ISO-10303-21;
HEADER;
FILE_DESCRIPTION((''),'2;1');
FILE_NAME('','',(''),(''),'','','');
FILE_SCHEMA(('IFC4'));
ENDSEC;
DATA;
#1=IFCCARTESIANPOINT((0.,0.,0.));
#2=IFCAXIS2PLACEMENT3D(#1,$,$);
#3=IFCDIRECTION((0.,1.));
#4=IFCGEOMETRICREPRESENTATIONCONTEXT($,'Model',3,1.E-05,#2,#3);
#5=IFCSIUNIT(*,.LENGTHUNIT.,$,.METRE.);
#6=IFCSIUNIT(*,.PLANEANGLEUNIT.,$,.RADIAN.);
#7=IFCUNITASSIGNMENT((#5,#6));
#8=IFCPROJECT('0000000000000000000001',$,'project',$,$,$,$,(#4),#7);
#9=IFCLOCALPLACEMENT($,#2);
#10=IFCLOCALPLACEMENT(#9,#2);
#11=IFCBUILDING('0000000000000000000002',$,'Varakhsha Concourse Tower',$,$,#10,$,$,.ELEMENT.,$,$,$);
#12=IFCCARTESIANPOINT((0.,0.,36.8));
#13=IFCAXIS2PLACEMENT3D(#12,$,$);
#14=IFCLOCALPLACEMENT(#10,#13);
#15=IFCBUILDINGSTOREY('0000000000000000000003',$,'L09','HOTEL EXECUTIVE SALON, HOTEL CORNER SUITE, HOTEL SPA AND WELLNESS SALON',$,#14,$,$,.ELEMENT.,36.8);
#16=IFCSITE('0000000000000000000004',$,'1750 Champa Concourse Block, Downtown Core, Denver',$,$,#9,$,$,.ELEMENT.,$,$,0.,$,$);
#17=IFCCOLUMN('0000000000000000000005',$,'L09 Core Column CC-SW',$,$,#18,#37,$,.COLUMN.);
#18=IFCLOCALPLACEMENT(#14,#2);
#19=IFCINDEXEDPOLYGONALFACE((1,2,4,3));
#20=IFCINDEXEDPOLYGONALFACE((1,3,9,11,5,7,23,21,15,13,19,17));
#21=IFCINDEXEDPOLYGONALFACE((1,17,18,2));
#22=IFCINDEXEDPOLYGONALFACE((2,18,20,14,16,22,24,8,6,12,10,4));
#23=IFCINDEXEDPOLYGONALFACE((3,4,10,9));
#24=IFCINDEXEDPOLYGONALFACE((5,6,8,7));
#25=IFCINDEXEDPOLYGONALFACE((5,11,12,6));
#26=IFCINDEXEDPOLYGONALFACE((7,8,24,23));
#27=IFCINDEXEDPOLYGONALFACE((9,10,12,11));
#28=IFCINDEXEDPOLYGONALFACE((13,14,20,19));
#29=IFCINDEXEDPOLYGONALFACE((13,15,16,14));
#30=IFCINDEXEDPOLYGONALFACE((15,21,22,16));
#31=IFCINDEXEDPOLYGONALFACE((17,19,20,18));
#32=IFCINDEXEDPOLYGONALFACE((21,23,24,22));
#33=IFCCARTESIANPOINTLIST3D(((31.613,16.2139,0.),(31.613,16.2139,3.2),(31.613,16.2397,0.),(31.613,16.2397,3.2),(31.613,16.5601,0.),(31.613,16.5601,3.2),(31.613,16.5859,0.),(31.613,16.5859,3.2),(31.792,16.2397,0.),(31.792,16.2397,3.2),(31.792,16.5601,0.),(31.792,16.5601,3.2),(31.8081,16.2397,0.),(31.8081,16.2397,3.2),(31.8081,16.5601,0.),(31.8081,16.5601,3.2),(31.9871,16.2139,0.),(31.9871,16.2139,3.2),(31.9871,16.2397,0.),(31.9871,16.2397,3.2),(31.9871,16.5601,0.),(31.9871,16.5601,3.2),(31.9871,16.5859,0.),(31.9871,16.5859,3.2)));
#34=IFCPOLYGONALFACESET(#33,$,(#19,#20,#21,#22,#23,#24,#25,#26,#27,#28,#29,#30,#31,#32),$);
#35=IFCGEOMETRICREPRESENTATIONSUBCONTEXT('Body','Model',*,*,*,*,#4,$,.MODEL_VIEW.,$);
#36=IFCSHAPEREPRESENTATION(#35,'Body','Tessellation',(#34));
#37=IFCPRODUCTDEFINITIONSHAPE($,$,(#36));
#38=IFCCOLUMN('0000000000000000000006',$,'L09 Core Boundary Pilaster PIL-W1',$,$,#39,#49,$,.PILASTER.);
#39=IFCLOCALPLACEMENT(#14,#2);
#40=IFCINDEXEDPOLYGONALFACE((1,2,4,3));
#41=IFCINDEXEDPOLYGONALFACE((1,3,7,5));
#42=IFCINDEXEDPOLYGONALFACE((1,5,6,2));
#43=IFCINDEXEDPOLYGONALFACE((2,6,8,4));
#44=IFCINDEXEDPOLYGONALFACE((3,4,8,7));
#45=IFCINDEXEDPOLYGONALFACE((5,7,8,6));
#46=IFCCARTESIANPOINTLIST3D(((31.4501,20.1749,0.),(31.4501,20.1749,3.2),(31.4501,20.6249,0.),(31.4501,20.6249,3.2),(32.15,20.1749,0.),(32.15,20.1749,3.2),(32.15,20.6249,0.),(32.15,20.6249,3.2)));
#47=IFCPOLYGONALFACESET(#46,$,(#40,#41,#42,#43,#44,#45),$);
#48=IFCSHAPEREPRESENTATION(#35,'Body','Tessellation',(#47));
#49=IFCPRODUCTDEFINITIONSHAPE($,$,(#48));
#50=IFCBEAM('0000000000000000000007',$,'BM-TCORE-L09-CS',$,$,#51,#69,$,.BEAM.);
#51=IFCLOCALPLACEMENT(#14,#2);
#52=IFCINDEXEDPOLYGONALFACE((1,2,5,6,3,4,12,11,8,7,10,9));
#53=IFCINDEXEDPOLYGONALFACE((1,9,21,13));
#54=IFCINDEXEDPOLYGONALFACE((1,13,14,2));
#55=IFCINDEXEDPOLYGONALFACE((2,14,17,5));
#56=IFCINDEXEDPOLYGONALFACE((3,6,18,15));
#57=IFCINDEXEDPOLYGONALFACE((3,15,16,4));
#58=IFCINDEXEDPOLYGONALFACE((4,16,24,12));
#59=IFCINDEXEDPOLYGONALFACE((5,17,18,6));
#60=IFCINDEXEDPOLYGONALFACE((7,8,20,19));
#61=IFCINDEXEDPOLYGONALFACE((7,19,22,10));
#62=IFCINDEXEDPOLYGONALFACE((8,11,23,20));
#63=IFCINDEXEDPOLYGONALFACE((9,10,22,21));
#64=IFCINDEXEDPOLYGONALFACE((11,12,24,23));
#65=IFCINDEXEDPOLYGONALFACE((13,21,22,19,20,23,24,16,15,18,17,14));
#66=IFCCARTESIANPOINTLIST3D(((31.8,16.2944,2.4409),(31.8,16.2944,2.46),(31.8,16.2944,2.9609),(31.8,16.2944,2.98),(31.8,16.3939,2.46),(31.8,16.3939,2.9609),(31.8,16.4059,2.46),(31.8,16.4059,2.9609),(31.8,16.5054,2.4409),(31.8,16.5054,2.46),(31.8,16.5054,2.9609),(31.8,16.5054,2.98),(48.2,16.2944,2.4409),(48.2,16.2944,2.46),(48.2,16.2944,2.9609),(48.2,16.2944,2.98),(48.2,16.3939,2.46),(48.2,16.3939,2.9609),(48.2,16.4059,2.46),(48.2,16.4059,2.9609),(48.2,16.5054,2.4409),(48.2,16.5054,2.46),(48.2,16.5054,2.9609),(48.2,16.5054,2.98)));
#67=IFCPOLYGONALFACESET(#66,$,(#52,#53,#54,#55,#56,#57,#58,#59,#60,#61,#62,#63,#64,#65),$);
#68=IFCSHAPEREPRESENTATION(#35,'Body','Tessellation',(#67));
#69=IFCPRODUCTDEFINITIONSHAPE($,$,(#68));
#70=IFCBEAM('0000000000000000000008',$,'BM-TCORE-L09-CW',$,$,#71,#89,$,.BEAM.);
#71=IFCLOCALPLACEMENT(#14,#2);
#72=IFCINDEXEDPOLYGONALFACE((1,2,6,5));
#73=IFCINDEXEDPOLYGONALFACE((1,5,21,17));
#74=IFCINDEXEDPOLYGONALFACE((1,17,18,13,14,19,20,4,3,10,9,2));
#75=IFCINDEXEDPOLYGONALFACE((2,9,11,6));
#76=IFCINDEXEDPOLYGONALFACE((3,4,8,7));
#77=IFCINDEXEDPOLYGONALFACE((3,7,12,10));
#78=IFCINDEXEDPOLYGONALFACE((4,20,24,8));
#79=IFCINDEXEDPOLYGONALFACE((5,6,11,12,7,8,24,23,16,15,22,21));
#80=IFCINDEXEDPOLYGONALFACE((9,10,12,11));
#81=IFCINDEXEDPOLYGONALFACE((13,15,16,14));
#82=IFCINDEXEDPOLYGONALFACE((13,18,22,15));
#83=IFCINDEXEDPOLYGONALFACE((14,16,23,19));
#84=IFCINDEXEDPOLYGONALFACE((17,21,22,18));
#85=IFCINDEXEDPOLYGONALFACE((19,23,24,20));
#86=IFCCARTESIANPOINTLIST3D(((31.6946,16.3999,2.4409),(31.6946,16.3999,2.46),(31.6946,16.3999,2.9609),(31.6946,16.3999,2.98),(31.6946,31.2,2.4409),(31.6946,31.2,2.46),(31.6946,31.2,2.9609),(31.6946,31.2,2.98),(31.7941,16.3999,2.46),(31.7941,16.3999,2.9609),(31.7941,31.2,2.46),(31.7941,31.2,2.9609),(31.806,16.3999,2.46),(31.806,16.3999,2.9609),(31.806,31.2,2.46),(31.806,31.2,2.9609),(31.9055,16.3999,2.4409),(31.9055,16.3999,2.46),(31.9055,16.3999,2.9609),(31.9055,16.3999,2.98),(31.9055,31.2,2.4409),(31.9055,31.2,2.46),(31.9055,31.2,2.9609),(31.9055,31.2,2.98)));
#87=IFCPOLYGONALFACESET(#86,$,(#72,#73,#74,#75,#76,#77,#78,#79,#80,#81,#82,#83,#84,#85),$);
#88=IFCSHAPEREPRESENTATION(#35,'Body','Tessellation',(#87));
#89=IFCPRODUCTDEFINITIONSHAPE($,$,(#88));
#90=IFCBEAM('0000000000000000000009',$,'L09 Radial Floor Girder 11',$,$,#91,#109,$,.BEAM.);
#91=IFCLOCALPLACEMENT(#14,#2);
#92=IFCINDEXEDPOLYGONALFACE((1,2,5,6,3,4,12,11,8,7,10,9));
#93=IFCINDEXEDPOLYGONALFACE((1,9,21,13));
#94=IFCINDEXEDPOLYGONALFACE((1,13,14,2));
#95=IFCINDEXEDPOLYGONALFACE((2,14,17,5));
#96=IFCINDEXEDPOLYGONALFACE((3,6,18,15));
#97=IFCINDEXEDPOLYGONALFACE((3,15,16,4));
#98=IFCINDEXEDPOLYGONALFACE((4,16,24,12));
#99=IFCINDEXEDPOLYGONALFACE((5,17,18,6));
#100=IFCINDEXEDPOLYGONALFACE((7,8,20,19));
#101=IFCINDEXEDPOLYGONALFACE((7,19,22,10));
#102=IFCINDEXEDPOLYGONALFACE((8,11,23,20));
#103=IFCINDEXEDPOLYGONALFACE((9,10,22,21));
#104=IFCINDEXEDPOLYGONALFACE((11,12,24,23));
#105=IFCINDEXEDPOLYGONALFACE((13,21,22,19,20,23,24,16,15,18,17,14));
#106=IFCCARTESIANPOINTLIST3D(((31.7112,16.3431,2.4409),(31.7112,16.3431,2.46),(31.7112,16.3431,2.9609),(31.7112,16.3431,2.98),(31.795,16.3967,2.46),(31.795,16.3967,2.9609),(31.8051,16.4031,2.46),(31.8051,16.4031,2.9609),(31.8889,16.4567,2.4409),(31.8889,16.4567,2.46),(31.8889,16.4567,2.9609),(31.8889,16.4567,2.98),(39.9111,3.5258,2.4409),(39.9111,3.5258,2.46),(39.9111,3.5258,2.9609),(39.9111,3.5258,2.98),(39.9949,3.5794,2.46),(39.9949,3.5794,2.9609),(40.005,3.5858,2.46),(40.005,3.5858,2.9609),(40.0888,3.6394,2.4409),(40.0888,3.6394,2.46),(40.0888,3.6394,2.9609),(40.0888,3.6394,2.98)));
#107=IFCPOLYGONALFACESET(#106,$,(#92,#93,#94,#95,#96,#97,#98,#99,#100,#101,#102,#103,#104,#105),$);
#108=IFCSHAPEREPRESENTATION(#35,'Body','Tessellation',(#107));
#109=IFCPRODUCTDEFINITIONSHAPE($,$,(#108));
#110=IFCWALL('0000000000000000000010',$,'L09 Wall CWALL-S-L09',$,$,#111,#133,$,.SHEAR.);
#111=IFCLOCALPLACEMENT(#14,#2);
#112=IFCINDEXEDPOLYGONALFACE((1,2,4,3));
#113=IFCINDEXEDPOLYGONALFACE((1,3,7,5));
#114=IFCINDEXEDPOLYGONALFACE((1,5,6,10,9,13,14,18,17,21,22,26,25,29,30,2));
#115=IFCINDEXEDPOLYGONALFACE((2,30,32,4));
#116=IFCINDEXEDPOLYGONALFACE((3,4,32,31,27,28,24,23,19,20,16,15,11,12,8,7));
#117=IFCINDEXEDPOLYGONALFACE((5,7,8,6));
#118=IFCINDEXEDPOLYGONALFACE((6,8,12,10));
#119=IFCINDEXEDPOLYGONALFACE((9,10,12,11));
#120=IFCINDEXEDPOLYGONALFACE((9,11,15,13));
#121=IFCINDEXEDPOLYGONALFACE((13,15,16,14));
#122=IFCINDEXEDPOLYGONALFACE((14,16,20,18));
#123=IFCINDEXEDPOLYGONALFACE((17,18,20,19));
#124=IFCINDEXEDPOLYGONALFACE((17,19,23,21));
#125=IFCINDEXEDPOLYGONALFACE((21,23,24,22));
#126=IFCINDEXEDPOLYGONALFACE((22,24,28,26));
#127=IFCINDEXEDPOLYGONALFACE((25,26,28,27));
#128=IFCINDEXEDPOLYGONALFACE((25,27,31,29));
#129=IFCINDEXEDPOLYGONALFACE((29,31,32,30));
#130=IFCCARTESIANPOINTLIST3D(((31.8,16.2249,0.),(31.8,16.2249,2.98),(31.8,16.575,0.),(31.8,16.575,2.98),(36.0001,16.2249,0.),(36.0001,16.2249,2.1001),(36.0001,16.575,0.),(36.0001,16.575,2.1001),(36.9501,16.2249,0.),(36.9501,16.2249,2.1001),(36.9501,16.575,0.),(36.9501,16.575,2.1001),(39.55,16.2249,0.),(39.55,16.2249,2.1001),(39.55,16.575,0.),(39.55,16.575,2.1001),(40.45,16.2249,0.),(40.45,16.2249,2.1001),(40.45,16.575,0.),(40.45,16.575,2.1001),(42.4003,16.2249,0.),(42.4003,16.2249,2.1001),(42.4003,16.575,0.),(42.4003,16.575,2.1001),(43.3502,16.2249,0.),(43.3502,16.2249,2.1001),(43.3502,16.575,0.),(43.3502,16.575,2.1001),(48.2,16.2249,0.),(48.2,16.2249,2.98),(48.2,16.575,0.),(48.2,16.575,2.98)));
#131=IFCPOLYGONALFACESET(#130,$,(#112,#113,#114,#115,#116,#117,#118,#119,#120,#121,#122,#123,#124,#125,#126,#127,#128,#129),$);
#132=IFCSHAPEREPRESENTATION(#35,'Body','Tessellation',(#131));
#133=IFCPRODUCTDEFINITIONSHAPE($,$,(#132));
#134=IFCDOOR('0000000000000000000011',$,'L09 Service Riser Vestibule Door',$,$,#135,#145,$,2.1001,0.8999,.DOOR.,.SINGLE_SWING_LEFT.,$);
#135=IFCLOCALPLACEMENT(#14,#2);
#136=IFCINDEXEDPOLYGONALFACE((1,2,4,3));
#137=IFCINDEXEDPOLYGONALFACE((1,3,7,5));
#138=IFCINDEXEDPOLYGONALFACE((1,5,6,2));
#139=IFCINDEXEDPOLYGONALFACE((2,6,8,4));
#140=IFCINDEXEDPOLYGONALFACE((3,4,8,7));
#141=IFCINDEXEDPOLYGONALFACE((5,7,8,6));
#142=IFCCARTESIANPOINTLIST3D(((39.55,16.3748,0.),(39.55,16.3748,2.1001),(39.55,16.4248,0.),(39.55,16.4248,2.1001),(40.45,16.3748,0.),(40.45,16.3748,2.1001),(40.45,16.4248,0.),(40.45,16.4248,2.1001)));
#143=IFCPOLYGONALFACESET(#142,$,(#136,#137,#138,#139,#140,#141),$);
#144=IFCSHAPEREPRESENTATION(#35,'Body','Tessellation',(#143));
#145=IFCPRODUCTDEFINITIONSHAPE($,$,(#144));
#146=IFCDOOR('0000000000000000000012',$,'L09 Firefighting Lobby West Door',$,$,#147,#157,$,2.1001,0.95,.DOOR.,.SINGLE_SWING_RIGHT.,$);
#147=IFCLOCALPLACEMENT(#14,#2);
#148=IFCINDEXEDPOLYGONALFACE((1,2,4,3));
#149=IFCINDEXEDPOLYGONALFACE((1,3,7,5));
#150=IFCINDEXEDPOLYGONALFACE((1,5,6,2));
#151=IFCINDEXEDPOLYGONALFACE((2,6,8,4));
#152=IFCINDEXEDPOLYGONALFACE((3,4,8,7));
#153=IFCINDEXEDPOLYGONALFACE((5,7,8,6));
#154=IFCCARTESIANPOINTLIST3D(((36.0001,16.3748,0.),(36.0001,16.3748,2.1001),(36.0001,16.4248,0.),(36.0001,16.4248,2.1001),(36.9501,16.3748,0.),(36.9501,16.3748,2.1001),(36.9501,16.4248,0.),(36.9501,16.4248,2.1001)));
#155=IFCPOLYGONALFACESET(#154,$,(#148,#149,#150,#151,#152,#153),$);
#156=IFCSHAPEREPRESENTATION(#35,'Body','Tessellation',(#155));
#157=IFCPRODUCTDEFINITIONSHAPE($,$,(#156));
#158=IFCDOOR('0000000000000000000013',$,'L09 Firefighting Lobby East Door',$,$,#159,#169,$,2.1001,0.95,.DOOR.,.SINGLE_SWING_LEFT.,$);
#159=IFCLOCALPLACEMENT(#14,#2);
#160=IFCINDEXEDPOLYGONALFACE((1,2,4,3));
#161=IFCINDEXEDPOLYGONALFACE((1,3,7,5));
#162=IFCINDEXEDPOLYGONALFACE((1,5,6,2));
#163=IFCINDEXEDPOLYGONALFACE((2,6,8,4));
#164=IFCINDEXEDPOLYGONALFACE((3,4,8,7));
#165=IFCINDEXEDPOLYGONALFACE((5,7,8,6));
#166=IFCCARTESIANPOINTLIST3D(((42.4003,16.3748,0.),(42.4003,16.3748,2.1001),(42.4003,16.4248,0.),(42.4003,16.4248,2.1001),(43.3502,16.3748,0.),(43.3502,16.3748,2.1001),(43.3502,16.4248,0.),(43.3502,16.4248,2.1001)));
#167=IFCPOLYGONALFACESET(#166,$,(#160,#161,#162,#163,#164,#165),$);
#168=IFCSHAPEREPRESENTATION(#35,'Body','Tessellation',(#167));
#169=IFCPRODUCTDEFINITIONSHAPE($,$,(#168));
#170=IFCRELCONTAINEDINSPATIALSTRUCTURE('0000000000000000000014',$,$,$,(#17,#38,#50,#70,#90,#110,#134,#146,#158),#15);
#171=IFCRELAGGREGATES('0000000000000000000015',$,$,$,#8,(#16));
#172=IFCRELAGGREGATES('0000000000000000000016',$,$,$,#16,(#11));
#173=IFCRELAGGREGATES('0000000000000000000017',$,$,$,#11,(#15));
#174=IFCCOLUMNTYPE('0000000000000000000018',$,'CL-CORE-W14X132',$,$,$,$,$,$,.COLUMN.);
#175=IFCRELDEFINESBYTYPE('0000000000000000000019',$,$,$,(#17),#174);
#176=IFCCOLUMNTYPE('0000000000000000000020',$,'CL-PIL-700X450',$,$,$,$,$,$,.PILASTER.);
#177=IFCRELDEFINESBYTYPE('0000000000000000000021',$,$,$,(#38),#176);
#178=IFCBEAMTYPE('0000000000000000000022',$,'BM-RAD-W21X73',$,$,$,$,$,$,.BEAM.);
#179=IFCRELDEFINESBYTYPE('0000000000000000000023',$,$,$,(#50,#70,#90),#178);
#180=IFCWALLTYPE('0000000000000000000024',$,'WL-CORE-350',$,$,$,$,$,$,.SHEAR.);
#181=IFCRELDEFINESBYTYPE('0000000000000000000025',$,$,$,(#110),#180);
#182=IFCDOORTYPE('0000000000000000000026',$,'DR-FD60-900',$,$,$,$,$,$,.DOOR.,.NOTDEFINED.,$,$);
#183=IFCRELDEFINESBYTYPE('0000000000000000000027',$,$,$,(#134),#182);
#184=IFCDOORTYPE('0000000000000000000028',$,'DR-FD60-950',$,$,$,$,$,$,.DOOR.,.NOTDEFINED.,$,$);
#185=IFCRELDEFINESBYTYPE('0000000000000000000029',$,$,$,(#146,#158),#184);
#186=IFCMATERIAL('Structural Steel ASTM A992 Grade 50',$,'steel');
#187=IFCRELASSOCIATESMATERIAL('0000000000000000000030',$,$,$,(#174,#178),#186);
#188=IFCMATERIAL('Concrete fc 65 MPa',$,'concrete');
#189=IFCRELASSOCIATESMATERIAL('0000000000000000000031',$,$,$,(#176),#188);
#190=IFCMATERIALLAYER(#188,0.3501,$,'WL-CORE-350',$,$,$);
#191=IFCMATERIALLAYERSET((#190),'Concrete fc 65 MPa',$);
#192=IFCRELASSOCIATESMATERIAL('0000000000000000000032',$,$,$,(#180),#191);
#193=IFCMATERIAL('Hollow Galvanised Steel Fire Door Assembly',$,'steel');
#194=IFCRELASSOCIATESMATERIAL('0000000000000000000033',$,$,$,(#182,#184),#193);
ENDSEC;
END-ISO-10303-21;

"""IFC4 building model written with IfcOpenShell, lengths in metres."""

from ifc_helpers import new_model, si_unit, direction, frame, frame_2d, origin, origin_2d, place, context, subcontext, project, spatial, rectangle, i_section, extrude, material, layer, layer_set, material_profile, profile_set, type_object, element, fill, save


model = new_model("IFC4")

# Units and contexts
model_context = context("Model", 3, precision=1e-05, world=origin(), true_north=direction((0.0, 1.0)))
body_context = subcontext(model_context, "Body", "Model", "MODEL_VIEW")
ifc_project = project(units=[si_unit("LENGTHUNIT", "METRE"), si_unit("PLANEANGLEUNIT", "RADIAN")], contexts=[model_context])

# Site, building, storey
site_placement = place(None, origin())
site = spatial("IfcSite", under=ifc_project, at=site_placement, Name="1750 Champa Concourse Block, Downtown Core, Denver", CompositionType="ELEMENT", RefElevation=0.0)
building_placement = place(site_placement, origin())
building = spatial("IfcBuilding", under=site, at=building_placement, Name="Varakhsha Concourse Tower", CompositionType="ELEMENT")
storey_placement = place(building_placement, frame((0.0, 0.0, 36.8)))
storey = spatial("IfcBuildingStorey", under=building, at=storey_placement, Name="L09", Description="HOTEL EXECUTIVE SALON, HOTEL CORNER SUITE, HOTEL SPA AND WELLNESS SALON", CompositionType="ELEMENT", Elevation=36.8)

# Columns
ifc_material_1 = material(Name="Structural Steel ASTM A992 Grade 50", Category="steel")
ifc_material_profile_1 = material_profile(ifc_material_1, i_section(OverallWidth=0.374, OverallDepth=0.3721, WebThickness=0.0161, FlangeThickness=0.0259, at=origin_2d()), Name="W14X132")
ifc_profile_set_1 = profile_set([ifc_material_profile_1], Name="Structural Steel ASTM A992 Grade 50")
column_type_1 = type_object("IfcColumnType", Name="CL-CORE-W14X132", PredefinedType="COLUMN", material=ifc_profile_set_1)
column_1_placement = place(storey_placement, frame((31.8, 16.3999, 0.0), z_axis=(0.0, 0.0, 1.0), x_axis=(1.0, 0.0, 0.0)))
element("IfcColumn", 1, at=column_1_placement, inside=storey, type_object=column_type_1, Name="L09 Core Column CC-SW", PredefinedType="COLUMN", context=body_context, shape_type="SweptSolid", body=[
    extrude(i_section(OverallWidth=0.374, OverallDepth=0.3721, WebThickness=0.0161, FlangeThickness=0.0259, at=origin_2d()), origin(), (0.0, 0.0, 1.0), 3.2),
])
ifc_material_2 = material(Name="Concrete fc 65 MPa", Category="concrete")
ifc_material_profile_2 = material_profile(ifc_material_2, rectangle(XDim=0.7, YDim=0.45, at=origin_2d()), Name="RC 700x450")
ifc_profile_set_2 = profile_set([ifc_material_profile_2], Name="Concrete fc 65 MPa")
column_type_2 = type_object("IfcColumnType", Name="CL-PIL-700X450", PredefinedType="PILASTER", material=ifc_profile_set_2)
column_2_placement = place(storey_placement, frame((31.8, 20.3999, 0.0), z_axis=(0.0, 0.0, 1.0), x_axis=(1.0, 0.0, 0.0)))
element("IfcColumn", 2, at=column_2_placement, inside=storey, type_object=column_type_2, Name="L09 Core Boundary Pilaster PIL-W1", PredefinedType="PILASTER", context=body_context, shape_type="SweptSolid", body=[
    extrude(rectangle(XDim=0.7, YDim=0.45, at=origin_2d()), origin(), (0.0, 0.0, 1.0), 3.2),
])

# Beams
ifc_material_profile_3 = material_profile(ifc_material_1, i_section(OverallWidth=0.2109, OverallDepth=0.5391, WebThickness=0.012, FlangeThickness=0.019, at=origin_2d()), Name="W21X73")
ifc_profile_set_3 = profile_set([ifc_material_profile_3], Name="Structural Steel ASTM A992 Grade 50")
beam_type = type_object("IfcBeamType", Name="BM-RAD-W21X73", PredefinedType="BEAM", material=ifc_profile_set_3)
beam_1_placement = place(storey_placement, frame((31.8, 16.3999, 2.7104), z_axis=(1.0, 0.0, 0.0), x_axis=(0.0, 1.0, 0.0)))
element("IfcBeam", 3, at=beam_1_placement, inside=storey, type_object=beam_type, Name="BM-TCORE-L09-CS", PredefinedType="BEAM", context=body_context, shape_type="SweptSolid", body=[
    extrude(i_section(OverallWidth=0.2109, OverallDepth=0.5391, WebThickness=0.012, FlangeThickness=0.019, at=origin_2d()), origin(), (0.0, 0.0, 1.0), 16.3999),
])
beam_2_placement = place(storey_placement, frame((31.8, 16.3999, 2.7104), z_axis=(0.0, 1.0, 0.0), x_axis=(-1.0, 0.0, 0.0)))
element("IfcBeam", 4, at=beam_2_placement, inside=storey, type_object=beam_type, Name="BM-TCORE-L09-CW", PredefinedType="BEAM", context=body_context, shape_type="SweptSolid", body=[
    extrude(i_section(OverallWidth=0.2109, OverallDepth=0.5391, WebThickness=0.012, FlangeThickness=0.019, at=origin_2d()), origin(), (0.0, 0.0, 1.0), 14.8),
])
beam_3_placement = place(storey_placement, frame((31.8, 16.3999, 2.7104), z_axis=(0.538906, -0.842366, 0.0), x_axis=(0.842366, 0.538906, 0.0)))
element("IfcBeam", 5, at=beam_3_placement, inside=storey, type_object=beam_type, Name="L09 Radial Floor Girder 11", PredefinedType="BEAM", context=body_context, shape_type="SweptSolid", body=[
    extrude(i_section(OverallWidth=0.2109, OverallDepth=0.5391, WebThickness=0.012, FlangeThickness=0.019, at=origin_2d()), origin(), (0.0, 0.0, 1.0), 15.2158),
])

# Wall, openings, doors
ifc_layer_1 = layer(ifc_material_2, 0.3501, Name="WL-CORE-350")
ifc_layer_set_1 = layer_set([ifc_layer_1], Name="Concrete fc 65 MPa")
wall_type_1 = type_object("IfcWallType", Name="WL-CORE-350", PredefinedType="SHEAR", material=ifc_layer_set_1)
wall_1_placement = place(storey_placement, frame((31.8, 16.3999, 0.0), z_axis=(0.0, 0.0, 1.0), x_axis=(1.0, 0.0, 0.0)))
wall_1 = element("IfcWall", 6, at=wall_1_placement, inside=storey, type_object=wall_type_1, Name="L09 Wall CWALL-S-L09", PredefinedType="SHEAR", context=body_context, shape_type="SweptSolid", body=[
    extrude(rectangle(XDim=16.3999, YDim=0.3501, at=frame_2d((8.2, 0.0))), origin(), (0.0, 0.0, 1.0), 2.98),
])
opening_1_placement = place(wall_1_placement, frame((7.75, 0.0, 0.0)))
opening_1 = element("IfcOpeningElement", 7, at=opening_1_placement, cuts=wall_1, PredefinedType="OPENING", context=body_context, shape_type="SweptSolid", body=[
    extrude(rectangle(XDim=0.8999, YDim=2.1001, at=frame_2d((0.45, 1.05))), frame((0.0, 0.1851, 0.0), z_axis=(0.0, -1.0, 0.0), x_axis=(1.0, 0.0, 0.0)), (0.0, 0.0, 1.0), 0.3701),
])
opening_2_placement = place(wall_1_placement, frame((4.2, 0.0, 0.0)))
opening_2 = element("IfcOpeningElement", 8, at=opening_2_placement, cuts=wall_1, PredefinedType="OPENING", context=body_context, shape_type="SweptSolid", body=[
    extrude(rectangle(XDim=0.95, YDim=2.1001, at=frame_2d((0.4751, 1.05))), frame((0.0, 0.1851, 0.0), z_axis=(0.0, -1.0, 0.0), x_axis=(1.0, 0.0, 0.0)), (0.0, 0.0, 1.0), 0.3701),
])
opening_3_placement = place(wall_1_placement, frame((10.6001, 0.0, 0.0)))
opening_3 = element("IfcOpeningElement", 9, at=opening_3_placement, cuts=wall_1, PredefinedType="OPENING", context=body_context, shape_type="SweptSolid", body=[
    extrude(rectangle(XDim=0.95, YDim=2.1001, at=frame_2d((0.4751, 1.05))), frame((0.0, 0.1851, 0.0), z_axis=(0.0, -1.0, 0.0), x_axis=(1.0, 0.0, 0.0)), (0.0, 0.0, 1.0), 0.3701),
])
ifc_material_3 = material(Name="Hollow Galvanised Steel Fire Door Assembly", Category="steel")
door_type_1 = type_object("IfcDoorType", Name="DR-FD60-900", OperationType="NOTDEFINED", PredefinedType="DOOR", material=ifc_material_3)
door_1_placement = place(opening_1_placement, origin())
door_1 = element("IfcDoor", 10, at=door_1_placement, inside=storey, type_object=door_type_1, Name="L09 Service Riser Vestibule Door", OperationType="SINGLE_SWING_LEFT", OverallHeight=2.1001, OverallWidth=0.8999, PredefinedType="DOOR", context=body_context, shape_type="SweptSolid", body=[
    extrude(rectangle(XDim=0.8999, YDim=2.1001, at=frame_2d((0.45, 1.05))), frame((0.0, 0.0249, 0.0), z_axis=(0.0, -1.0, 0.0), x_axis=(1.0, 0.0, 0.0)), (0.0, 0.0, 1.0), 0.05),
])
fill(opening_1, door_1)
door_type_2 = type_object("IfcDoorType", Name="DR-FD60-950", OperationType="NOTDEFINED", PredefinedType="DOOR", material=ifc_material_3)
door_2_placement = place(opening_2_placement, origin())
door_2 = element("IfcDoor", 11, at=door_2_placement, inside=storey, type_object=door_type_2, Name="L09 Firefighting Lobby West Door", OperationType="SINGLE_SWING_RIGHT", OverallHeight=2.1001, OverallWidth=0.95, PredefinedType="DOOR", context=body_context, shape_type="SweptSolid", body=[
    extrude(rectangle(XDim=0.95, YDim=2.1001, at=frame_2d((0.4751, 1.05))), frame((0.0, 0.0249, 0.0), z_axis=(0.0, -1.0, 0.0), x_axis=(1.0, 0.0, 0.0)), (0.0, 0.0, 1.0), 0.05),
])
fill(opening_2, door_2)
door_3_placement = place(opening_3_placement, origin())
door_3 = element("IfcDoor", 12, at=door_3_placement, inside=storey, type_object=door_type_2, Name="L09 Firefighting Lobby East Door", OperationType="SINGLE_SWING_LEFT", OverallHeight=2.1001, OverallWidth=0.95, PredefinedType="DOOR", context=body_context, shape_type="SweptSolid", body=[
    extrude(rectangle(XDim=0.95, YDim=2.1001, at=frame_2d((0.4751, 1.05))), frame((0.0, 0.0249, 0.0), z_axis=(0.0, -1.0, 0.0), x_axis=(1.0, 0.0, 0.0)), (0.0, 0.0, 1.0), 0.05),
])
fill(opening_3, door_3)

save(model, "model.ifc")
